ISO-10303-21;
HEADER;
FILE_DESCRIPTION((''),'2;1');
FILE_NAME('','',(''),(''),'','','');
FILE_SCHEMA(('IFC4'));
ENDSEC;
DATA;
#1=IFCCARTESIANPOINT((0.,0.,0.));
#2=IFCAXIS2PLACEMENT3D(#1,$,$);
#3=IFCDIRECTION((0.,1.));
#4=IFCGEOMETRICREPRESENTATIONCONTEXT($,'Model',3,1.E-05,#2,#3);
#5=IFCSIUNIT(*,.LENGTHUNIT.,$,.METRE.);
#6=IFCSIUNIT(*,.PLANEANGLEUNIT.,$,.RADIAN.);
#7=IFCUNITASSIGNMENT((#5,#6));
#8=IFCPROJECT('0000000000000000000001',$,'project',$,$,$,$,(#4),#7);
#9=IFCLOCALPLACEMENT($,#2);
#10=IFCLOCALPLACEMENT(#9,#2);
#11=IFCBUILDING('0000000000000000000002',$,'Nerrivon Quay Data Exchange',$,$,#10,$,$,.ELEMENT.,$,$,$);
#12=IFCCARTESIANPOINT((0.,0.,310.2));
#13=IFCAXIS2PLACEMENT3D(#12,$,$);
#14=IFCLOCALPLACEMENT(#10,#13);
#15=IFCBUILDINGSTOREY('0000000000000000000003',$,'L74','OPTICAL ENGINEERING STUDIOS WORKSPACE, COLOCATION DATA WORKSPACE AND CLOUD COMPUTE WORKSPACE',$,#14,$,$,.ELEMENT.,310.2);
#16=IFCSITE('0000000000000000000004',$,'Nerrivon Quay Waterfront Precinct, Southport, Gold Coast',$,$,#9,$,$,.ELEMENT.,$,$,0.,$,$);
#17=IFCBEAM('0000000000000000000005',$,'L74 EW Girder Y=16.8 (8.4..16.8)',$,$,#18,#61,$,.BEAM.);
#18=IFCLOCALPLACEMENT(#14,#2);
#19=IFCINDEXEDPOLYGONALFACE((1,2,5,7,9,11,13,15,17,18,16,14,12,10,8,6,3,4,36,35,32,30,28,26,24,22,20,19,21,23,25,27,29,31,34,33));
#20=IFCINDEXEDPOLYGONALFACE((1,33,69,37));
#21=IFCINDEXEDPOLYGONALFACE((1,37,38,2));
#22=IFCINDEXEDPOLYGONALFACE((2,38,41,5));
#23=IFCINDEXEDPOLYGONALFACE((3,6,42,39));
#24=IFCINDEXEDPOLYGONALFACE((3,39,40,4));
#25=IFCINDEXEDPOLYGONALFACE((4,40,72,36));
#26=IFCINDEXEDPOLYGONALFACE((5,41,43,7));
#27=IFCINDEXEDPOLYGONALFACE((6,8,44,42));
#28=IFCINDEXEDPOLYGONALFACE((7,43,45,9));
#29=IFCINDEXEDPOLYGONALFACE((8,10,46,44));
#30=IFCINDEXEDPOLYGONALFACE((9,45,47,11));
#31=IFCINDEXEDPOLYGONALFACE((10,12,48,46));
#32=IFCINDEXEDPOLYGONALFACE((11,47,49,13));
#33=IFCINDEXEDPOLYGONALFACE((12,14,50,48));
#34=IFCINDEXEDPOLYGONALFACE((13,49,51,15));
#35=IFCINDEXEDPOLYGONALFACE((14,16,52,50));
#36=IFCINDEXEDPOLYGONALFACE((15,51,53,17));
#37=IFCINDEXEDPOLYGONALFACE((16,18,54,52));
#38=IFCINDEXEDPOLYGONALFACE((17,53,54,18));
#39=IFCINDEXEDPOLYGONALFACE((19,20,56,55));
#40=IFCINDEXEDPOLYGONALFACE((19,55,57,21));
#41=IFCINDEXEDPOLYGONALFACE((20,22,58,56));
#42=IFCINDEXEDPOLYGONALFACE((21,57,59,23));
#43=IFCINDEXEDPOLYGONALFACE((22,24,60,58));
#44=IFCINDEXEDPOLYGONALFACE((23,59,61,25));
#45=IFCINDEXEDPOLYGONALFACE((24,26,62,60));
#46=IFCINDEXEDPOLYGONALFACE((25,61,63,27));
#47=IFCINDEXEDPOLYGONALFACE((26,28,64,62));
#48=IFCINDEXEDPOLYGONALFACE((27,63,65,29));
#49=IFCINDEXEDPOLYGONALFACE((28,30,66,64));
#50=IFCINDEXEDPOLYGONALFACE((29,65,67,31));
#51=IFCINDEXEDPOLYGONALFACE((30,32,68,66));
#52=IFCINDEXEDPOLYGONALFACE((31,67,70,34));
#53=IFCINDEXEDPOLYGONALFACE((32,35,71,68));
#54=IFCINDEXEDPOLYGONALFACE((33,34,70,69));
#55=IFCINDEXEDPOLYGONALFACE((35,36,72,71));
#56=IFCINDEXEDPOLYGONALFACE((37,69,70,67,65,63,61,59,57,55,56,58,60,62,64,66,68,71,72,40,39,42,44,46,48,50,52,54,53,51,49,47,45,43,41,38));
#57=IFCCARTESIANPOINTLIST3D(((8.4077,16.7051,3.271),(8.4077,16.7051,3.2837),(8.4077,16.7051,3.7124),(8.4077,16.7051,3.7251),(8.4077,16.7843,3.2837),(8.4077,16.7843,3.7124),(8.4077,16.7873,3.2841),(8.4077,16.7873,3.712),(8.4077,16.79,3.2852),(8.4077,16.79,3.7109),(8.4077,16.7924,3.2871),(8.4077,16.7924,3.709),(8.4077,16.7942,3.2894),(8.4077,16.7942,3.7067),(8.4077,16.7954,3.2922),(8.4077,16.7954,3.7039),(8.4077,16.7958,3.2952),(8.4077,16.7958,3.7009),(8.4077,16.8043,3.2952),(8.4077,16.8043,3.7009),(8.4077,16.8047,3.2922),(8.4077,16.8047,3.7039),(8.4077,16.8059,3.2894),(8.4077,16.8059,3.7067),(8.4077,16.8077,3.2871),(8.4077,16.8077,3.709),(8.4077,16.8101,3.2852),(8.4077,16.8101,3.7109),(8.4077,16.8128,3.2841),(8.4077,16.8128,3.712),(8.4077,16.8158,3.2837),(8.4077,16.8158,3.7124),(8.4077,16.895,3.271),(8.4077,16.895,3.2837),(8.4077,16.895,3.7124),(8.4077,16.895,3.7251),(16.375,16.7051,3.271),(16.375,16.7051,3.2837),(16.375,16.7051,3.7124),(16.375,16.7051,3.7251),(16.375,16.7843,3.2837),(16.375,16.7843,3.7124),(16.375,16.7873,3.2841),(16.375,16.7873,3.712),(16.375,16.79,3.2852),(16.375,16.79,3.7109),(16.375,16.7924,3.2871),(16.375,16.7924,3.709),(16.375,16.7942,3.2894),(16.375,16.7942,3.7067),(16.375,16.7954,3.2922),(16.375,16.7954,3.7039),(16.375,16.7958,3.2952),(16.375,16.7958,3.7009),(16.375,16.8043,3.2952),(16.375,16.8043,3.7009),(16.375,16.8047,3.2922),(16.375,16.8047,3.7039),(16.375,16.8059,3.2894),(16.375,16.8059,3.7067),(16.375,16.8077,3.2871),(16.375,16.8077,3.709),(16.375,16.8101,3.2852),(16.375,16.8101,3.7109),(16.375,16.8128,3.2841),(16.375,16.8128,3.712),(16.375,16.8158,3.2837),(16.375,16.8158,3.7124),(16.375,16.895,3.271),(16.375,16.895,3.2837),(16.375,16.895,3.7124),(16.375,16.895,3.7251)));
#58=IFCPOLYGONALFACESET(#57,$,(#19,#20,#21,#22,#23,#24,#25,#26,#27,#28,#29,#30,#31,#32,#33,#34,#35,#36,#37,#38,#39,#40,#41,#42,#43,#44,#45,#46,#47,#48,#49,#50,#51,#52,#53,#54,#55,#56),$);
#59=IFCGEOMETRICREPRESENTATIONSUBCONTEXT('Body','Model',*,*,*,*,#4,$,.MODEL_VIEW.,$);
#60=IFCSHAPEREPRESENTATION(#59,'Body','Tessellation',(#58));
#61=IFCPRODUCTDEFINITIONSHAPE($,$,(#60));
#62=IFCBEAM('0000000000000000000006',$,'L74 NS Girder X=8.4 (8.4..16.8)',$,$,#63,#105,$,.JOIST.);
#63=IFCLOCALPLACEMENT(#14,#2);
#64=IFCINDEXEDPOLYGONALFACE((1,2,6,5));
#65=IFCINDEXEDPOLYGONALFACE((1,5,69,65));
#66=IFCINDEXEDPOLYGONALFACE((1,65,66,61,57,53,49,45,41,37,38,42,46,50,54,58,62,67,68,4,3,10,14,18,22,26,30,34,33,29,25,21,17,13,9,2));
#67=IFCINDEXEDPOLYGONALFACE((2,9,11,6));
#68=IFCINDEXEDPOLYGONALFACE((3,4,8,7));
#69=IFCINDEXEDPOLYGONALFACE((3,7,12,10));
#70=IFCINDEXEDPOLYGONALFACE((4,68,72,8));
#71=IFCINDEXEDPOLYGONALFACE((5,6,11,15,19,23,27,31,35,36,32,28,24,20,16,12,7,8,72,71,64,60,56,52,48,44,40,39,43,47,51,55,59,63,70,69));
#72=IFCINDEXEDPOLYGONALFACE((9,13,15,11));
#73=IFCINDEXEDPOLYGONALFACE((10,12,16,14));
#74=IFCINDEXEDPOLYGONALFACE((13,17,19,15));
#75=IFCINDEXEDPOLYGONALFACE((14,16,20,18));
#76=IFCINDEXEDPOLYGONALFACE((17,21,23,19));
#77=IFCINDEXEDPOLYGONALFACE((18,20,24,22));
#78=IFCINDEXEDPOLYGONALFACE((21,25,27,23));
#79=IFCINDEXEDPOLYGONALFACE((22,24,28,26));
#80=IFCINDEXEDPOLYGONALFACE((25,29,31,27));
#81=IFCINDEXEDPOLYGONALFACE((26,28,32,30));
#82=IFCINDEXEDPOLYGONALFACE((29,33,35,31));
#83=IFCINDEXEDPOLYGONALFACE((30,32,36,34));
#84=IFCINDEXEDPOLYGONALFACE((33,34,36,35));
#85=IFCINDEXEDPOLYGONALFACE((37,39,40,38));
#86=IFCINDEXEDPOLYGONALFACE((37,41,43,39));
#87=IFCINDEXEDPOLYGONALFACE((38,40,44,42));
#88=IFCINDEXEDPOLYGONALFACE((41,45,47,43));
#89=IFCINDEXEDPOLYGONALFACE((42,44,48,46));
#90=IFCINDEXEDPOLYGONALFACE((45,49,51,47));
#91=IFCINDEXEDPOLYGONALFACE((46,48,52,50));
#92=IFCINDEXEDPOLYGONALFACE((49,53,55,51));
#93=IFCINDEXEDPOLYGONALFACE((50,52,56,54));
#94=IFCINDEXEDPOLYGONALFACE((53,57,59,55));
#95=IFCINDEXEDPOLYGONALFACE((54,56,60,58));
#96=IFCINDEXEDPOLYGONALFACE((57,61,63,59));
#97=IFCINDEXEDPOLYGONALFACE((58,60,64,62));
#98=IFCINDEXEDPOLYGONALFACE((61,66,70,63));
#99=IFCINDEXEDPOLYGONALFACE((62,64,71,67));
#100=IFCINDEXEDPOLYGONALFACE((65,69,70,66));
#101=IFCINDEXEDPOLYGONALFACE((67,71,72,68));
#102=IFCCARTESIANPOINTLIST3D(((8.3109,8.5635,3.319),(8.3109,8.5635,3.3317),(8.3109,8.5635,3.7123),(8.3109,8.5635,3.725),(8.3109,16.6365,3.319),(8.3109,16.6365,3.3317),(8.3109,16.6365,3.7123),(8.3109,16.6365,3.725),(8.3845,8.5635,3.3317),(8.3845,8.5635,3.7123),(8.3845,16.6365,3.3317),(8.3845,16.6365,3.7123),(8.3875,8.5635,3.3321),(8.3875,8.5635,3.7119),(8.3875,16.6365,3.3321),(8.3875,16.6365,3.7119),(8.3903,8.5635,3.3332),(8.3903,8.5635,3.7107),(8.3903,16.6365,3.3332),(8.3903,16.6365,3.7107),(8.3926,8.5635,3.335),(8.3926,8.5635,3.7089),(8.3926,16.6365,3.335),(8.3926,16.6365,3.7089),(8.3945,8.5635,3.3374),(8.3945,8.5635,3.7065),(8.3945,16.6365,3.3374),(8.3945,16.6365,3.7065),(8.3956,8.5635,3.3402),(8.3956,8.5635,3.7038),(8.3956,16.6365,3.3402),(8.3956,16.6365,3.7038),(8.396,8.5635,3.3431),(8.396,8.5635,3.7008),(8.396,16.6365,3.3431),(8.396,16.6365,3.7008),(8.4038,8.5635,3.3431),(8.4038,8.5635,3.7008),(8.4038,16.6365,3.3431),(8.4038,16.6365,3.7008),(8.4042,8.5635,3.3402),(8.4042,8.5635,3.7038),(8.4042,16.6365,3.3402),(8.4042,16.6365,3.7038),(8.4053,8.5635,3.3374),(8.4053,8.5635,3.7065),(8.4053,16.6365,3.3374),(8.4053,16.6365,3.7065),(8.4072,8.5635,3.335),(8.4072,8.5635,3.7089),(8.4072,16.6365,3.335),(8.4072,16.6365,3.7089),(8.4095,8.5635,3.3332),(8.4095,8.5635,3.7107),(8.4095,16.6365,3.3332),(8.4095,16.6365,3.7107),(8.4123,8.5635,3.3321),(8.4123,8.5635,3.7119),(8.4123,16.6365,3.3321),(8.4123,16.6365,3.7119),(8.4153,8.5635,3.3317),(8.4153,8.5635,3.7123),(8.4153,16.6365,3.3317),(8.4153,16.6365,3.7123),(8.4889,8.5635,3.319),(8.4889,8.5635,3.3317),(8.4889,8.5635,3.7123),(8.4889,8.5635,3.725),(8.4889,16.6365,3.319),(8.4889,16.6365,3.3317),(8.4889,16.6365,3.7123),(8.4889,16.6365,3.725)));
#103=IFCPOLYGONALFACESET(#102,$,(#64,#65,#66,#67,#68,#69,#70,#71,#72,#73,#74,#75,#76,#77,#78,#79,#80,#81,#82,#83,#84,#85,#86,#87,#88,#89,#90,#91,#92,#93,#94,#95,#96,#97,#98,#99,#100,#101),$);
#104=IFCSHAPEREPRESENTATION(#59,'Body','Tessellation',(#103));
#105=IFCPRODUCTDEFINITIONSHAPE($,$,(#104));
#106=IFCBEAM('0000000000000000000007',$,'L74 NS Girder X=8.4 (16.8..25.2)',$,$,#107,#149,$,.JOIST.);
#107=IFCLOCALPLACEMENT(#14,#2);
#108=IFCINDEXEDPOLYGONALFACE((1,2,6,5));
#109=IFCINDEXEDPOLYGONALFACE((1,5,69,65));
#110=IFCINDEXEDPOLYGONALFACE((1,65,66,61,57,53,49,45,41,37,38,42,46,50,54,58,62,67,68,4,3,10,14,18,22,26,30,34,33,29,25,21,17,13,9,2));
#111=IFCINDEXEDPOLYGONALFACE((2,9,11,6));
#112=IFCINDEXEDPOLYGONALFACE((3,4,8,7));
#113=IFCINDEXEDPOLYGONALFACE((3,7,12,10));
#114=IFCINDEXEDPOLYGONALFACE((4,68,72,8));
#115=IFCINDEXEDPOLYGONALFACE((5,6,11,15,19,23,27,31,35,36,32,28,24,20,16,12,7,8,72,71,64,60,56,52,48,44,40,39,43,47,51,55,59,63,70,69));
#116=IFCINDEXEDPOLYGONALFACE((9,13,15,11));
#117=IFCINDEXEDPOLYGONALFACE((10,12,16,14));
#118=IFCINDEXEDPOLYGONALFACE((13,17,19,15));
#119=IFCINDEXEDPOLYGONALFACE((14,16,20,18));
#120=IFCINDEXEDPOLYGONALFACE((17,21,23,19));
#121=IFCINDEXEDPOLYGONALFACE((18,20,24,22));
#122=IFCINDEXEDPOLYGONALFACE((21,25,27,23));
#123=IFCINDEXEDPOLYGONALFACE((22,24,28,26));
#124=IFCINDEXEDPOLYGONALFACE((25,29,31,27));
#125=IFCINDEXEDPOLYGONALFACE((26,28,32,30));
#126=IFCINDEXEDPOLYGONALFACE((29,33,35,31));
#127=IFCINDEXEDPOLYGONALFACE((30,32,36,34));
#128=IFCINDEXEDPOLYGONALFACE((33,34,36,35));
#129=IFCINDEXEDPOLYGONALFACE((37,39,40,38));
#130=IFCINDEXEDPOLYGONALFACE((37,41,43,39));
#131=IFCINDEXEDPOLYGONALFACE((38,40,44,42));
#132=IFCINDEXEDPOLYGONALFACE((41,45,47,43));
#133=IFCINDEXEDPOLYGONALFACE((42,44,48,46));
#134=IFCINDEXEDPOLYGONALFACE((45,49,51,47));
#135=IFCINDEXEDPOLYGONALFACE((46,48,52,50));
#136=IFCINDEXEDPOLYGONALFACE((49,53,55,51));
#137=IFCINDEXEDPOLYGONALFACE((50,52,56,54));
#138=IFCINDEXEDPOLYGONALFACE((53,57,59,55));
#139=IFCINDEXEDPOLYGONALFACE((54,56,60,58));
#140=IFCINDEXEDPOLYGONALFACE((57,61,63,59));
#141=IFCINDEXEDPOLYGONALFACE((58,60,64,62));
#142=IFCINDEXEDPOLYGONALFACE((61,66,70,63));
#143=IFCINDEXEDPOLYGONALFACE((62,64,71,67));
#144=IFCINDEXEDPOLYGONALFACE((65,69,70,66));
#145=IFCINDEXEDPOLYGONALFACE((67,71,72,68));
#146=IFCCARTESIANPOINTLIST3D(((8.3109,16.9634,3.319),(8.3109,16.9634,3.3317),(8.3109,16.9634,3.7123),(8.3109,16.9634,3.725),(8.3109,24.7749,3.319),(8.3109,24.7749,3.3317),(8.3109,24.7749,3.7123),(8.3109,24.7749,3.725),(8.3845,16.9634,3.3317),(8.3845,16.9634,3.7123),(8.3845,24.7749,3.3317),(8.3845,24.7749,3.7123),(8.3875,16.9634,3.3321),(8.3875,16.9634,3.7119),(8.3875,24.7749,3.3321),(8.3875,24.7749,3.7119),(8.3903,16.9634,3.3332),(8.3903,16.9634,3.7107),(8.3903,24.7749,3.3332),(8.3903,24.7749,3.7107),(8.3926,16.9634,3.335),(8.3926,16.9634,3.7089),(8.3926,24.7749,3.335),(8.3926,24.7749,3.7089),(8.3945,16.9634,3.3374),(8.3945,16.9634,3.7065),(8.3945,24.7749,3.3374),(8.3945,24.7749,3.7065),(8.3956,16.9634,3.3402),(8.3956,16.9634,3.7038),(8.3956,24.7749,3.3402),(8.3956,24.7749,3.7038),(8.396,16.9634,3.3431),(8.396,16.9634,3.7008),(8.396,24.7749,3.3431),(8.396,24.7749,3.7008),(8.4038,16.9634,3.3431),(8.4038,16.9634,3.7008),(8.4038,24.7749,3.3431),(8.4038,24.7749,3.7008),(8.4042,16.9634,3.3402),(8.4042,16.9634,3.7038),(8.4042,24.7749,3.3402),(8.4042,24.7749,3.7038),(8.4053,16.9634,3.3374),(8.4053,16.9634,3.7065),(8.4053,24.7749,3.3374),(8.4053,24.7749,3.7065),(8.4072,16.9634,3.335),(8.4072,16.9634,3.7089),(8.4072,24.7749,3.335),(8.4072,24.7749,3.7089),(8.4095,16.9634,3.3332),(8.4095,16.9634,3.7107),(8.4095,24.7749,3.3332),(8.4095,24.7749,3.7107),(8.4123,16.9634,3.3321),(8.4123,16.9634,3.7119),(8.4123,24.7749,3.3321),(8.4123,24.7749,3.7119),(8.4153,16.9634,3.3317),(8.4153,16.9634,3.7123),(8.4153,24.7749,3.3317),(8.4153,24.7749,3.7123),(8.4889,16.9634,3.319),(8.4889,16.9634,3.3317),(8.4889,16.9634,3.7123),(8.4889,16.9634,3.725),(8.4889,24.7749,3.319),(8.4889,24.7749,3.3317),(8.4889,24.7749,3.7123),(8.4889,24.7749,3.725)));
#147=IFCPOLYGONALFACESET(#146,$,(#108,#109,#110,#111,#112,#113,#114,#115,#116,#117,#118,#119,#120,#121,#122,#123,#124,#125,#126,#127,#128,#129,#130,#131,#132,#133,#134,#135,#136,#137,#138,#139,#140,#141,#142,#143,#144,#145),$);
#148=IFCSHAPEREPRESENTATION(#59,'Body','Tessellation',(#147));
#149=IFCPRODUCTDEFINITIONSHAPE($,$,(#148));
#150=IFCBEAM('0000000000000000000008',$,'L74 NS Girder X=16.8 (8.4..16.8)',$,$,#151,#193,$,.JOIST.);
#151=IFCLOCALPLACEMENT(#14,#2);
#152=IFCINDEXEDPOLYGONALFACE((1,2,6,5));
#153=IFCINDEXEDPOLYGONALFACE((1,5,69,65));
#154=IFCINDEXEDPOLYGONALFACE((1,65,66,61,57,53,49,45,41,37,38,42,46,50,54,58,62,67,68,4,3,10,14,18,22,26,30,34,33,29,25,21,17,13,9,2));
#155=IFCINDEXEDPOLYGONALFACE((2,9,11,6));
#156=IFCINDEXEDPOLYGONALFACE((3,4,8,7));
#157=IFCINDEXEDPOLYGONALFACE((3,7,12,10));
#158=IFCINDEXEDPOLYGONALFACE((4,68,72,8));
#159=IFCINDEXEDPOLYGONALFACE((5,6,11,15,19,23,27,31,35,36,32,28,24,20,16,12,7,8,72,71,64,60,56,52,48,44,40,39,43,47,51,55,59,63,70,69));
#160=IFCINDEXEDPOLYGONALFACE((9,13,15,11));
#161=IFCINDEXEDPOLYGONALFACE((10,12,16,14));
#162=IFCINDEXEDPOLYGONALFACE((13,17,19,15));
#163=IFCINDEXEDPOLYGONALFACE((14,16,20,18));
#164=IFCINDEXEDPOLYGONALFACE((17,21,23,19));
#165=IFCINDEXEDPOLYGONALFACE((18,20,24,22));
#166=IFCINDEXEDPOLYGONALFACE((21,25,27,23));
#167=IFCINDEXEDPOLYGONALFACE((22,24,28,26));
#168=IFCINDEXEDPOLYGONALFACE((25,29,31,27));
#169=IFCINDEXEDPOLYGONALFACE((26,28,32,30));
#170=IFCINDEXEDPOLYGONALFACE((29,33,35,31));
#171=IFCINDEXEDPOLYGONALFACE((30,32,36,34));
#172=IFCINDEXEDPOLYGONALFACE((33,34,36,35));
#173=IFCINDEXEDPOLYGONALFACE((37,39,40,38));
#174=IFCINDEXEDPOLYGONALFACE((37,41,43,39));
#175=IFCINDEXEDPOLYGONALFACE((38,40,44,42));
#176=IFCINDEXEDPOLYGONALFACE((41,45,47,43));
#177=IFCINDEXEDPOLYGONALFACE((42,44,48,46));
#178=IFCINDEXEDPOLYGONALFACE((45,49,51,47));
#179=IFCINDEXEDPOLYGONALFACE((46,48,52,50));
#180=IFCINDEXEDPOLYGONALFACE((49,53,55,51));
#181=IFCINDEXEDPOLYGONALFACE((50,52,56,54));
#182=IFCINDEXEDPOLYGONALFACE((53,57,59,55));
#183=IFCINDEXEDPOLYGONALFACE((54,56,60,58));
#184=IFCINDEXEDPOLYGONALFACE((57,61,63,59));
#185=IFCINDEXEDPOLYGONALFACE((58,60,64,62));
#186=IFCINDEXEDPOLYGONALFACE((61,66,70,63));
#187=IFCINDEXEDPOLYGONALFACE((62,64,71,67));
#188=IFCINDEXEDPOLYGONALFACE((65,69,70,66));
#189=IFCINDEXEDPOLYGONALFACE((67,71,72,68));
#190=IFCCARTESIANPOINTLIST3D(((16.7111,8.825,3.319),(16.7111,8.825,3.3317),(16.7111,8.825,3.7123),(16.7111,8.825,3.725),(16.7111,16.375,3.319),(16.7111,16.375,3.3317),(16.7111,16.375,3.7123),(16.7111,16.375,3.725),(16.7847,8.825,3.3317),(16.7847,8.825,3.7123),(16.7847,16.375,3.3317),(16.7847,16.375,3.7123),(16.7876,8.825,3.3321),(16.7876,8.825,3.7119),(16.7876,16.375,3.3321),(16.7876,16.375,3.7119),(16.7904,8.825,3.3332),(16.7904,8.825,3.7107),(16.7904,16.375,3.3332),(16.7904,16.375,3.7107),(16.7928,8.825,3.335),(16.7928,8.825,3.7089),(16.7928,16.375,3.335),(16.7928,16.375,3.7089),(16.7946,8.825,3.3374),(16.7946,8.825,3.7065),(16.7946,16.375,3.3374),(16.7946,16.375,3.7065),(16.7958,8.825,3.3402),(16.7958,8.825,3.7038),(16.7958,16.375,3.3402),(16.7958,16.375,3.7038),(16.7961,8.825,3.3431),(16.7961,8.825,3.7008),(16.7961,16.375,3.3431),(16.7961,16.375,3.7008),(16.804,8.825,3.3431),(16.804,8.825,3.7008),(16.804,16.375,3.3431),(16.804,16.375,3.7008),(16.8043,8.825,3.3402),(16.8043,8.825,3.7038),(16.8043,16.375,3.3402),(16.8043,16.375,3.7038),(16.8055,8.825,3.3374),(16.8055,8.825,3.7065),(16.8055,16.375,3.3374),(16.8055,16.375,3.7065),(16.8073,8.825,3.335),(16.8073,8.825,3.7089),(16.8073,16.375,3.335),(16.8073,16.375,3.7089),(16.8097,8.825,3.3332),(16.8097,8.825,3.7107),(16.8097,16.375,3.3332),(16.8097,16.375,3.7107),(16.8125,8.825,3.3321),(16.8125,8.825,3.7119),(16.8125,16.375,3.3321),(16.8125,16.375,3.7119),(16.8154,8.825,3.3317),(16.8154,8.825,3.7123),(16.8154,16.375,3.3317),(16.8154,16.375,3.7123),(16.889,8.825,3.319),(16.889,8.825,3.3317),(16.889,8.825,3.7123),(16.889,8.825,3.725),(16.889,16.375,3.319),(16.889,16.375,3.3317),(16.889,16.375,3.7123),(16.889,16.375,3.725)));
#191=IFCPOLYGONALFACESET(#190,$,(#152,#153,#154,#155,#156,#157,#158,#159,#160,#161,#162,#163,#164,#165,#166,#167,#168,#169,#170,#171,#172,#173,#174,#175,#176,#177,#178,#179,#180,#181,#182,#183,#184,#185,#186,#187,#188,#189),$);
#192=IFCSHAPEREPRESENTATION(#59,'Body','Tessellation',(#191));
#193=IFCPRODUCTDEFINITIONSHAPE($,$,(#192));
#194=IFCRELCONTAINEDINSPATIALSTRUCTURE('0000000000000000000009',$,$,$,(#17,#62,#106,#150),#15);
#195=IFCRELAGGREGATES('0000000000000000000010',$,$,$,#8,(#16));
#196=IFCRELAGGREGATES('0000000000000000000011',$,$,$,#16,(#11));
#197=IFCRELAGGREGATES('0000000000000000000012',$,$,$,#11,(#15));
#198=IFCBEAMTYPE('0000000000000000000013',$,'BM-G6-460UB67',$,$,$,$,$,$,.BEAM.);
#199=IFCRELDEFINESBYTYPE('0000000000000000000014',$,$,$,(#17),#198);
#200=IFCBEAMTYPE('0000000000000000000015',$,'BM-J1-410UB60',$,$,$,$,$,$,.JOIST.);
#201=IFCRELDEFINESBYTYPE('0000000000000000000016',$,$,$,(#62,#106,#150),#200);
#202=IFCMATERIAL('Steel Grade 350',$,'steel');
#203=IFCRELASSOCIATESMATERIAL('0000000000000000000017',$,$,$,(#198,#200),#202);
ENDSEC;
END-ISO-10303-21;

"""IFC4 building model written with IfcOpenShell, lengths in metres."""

from ifc_helpers import new_model, si_unit, direction, frame, origin, origin_2d, place, context, subcontext, project, spatial, i_section, extrude, material, material_profile, profile_set, type_object, element, save


model = new_model("IFC4")

# Units and contexts
model_context = context("Model", 3, precision=1e-05, world=origin(), true_north=direction((0.0, 1.0)))
body_context = subcontext(model_context, "Body", "Model", "MODEL_VIEW")
ifc_project = project(units=[si_unit("LENGTHUNIT", "METRE"), si_unit("PLANEANGLEUNIT", "RADIAN")], contexts=[model_context])

# Site, building, storey
site_placement = place(None, origin())
site = spatial("IfcSite", under=ifc_project, at=site_placement, Name="Nerrivon Quay Waterfront Precinct, Southport, Gold Coast", CompositionType="ELEMENT", RefElevation=0.0)
building_placement = place(site_placement, origin())
building = spatial("IfcBuilding", under=site, at=building_placement, Name="Nerrivon Quay Data Exchange", CompositionType="ELEMENT")
storey_placement = place(building_placement, frame((0.0, 0.0, 310.2)))
storey = spatial("IfcBuildingStorey", under=building, at=storey_placement, Name="L74", Description="OPTICAL ENGINEERING STUDIOS WORKSPACE, COLOCATION DATA WORKSPACE AND CLOUD COMPUTE WORKSPACE", CompositionType="ELEMENT", Elevation=310.2)

# Shared definitions
ifc_material_1 = material(Name="Steel Grade 350", Category="steel")

# Beams
ifc_material_profile_1 = material_profile(ifc_material_1, i_section(OverallWidth=0.1899, OverallDepth=0.4541, WebThickness=0.0085, FlangeThickness=0.0127, FilletRadius=0.0115, at=origin_2d()), Name="460UB67.1")
ifc_profile_set_1 = profile_set([ifc_material_profile_1], Name="Steel Grade 350")
beam_type_1 = type_object("IfcBeamType", Name="BM-G6-460UB67", PredefinedType="BEAM", material=ifc_profile_set_1)
for number, where, z_axis, x_axis, name in (
    (1, (8.4077, 16.8, 3.498), (1.0, 0.0, 0.0), (0.0, 1.0, 0.0), "L74 EW Girder Y=16.8 (8.4..16.8)"),
):
    element("IfcBeam", number, at=place(storey_placement, frame(where, z_axis=z_axis, x_axis=x_axis)), inside=storey, type_object=beam_type_1, Name=name, PredefinedType="BEAM", context=body_context, shape_type="SweptSolid", body=[
        extrude(i_section(OverallWidth=0.1899, OverallDepth=0.4541, WebThickness=0.0085, FlangeThickness=0.0127, FilletRadius=0.0115, at=origin_2d()), origin(), (0.0, 0.0, 1.0), 7.9673),
    ])
ifc_material_profile_2 = material_profile(ifc_material_1, i_section(OverallWidth=0.178, OverallDepth=0.406, WebThickness=0.0078, FlangeThickness=0.0127, FilletRadius=0.0115, at=origin_2d()), Name="410UB59.7")
ifc_profile_set_2 = profile_set([ifc_material_profile_2], Name="Steel Grade 350")
beam_type_2 = type_object("IfcBeamType", Name="BM-J1-410UB60", PredefinedType="JOIST", material=ifc_profile_set_2)
beam_1_placement = place(storey_placement, frame((8.3999, 8.5635, 3.522), z_axis=(0.0, 1.0, 0.0), x_axis=(-1.0, 0.0, 0.0)))
element("IfcBeam", 2, at=beam_1_placement, inside=storey, type_object=beam_type_2, Name="L74 NS Girder X=8.4 (8.4..16.8)", PredefinedType="JOIST", context=body_context, shape_type="SweptSolid", body=[
    extrude(i_section(OverallWidth=0.178, OverallDepth=0.406, WebThickness=0.0078, FlangeThickness=0.0127, FilletRadius=0.0115, at=origin_2d()), origin(), (0.0, 0.0, 1.0), 8.073),
])
beam_2_placement = place(storey_placement, frame((8.3999, 16.9634, 3.522), z_axis=(0.0, 1.0, 0.0), x_axis=(-1.0, 0.0, 0.0)))
element("IfcBeam", 3, at=beam_2_placement, inside=storey, type_object=beam_type_2, Name="L74 NS Girder X=8.4 (16.8..25.2)", PredefinedType="JOIST", context=body_context, shape_type="SweptSolid", body=[
    extrude(i_section(OverallWidth=0.178, OverallDepth=0.406, WebThickness=0.0078, FlangeThickness=0.0127, FilletRadius=0.0115, at=origin_2d()), origin(), (0.0, 0.0, 1.0), 7.8115),
])
beam_3_placement = place(storey_placement, frame((16.8, 8.825, 3.522), z_axis=(0.0, 1.0, 0.0), x_axis=(-1.0, 0.0, 0.0)))
element("IfcBeam", 4, at=beam_3_placement, inside=storey, type_object=beam_type_2, Name="L74 NS Girder X=16.8 (8.4..16.8)", PredefinedType="JOIST", context=body_context, shape_type="SweptSolid", body=[
    extrude(i_section(OverallWidth=0.178, OverallDepth=0.406, WebThickness=0.0078, FlangeThickness=0.0127, FilletRadius=0.0115, at=origin_2d()), origin(), (0.0, 0.0, 1.0), 7.55),
])

save(model, "model.ifc")
